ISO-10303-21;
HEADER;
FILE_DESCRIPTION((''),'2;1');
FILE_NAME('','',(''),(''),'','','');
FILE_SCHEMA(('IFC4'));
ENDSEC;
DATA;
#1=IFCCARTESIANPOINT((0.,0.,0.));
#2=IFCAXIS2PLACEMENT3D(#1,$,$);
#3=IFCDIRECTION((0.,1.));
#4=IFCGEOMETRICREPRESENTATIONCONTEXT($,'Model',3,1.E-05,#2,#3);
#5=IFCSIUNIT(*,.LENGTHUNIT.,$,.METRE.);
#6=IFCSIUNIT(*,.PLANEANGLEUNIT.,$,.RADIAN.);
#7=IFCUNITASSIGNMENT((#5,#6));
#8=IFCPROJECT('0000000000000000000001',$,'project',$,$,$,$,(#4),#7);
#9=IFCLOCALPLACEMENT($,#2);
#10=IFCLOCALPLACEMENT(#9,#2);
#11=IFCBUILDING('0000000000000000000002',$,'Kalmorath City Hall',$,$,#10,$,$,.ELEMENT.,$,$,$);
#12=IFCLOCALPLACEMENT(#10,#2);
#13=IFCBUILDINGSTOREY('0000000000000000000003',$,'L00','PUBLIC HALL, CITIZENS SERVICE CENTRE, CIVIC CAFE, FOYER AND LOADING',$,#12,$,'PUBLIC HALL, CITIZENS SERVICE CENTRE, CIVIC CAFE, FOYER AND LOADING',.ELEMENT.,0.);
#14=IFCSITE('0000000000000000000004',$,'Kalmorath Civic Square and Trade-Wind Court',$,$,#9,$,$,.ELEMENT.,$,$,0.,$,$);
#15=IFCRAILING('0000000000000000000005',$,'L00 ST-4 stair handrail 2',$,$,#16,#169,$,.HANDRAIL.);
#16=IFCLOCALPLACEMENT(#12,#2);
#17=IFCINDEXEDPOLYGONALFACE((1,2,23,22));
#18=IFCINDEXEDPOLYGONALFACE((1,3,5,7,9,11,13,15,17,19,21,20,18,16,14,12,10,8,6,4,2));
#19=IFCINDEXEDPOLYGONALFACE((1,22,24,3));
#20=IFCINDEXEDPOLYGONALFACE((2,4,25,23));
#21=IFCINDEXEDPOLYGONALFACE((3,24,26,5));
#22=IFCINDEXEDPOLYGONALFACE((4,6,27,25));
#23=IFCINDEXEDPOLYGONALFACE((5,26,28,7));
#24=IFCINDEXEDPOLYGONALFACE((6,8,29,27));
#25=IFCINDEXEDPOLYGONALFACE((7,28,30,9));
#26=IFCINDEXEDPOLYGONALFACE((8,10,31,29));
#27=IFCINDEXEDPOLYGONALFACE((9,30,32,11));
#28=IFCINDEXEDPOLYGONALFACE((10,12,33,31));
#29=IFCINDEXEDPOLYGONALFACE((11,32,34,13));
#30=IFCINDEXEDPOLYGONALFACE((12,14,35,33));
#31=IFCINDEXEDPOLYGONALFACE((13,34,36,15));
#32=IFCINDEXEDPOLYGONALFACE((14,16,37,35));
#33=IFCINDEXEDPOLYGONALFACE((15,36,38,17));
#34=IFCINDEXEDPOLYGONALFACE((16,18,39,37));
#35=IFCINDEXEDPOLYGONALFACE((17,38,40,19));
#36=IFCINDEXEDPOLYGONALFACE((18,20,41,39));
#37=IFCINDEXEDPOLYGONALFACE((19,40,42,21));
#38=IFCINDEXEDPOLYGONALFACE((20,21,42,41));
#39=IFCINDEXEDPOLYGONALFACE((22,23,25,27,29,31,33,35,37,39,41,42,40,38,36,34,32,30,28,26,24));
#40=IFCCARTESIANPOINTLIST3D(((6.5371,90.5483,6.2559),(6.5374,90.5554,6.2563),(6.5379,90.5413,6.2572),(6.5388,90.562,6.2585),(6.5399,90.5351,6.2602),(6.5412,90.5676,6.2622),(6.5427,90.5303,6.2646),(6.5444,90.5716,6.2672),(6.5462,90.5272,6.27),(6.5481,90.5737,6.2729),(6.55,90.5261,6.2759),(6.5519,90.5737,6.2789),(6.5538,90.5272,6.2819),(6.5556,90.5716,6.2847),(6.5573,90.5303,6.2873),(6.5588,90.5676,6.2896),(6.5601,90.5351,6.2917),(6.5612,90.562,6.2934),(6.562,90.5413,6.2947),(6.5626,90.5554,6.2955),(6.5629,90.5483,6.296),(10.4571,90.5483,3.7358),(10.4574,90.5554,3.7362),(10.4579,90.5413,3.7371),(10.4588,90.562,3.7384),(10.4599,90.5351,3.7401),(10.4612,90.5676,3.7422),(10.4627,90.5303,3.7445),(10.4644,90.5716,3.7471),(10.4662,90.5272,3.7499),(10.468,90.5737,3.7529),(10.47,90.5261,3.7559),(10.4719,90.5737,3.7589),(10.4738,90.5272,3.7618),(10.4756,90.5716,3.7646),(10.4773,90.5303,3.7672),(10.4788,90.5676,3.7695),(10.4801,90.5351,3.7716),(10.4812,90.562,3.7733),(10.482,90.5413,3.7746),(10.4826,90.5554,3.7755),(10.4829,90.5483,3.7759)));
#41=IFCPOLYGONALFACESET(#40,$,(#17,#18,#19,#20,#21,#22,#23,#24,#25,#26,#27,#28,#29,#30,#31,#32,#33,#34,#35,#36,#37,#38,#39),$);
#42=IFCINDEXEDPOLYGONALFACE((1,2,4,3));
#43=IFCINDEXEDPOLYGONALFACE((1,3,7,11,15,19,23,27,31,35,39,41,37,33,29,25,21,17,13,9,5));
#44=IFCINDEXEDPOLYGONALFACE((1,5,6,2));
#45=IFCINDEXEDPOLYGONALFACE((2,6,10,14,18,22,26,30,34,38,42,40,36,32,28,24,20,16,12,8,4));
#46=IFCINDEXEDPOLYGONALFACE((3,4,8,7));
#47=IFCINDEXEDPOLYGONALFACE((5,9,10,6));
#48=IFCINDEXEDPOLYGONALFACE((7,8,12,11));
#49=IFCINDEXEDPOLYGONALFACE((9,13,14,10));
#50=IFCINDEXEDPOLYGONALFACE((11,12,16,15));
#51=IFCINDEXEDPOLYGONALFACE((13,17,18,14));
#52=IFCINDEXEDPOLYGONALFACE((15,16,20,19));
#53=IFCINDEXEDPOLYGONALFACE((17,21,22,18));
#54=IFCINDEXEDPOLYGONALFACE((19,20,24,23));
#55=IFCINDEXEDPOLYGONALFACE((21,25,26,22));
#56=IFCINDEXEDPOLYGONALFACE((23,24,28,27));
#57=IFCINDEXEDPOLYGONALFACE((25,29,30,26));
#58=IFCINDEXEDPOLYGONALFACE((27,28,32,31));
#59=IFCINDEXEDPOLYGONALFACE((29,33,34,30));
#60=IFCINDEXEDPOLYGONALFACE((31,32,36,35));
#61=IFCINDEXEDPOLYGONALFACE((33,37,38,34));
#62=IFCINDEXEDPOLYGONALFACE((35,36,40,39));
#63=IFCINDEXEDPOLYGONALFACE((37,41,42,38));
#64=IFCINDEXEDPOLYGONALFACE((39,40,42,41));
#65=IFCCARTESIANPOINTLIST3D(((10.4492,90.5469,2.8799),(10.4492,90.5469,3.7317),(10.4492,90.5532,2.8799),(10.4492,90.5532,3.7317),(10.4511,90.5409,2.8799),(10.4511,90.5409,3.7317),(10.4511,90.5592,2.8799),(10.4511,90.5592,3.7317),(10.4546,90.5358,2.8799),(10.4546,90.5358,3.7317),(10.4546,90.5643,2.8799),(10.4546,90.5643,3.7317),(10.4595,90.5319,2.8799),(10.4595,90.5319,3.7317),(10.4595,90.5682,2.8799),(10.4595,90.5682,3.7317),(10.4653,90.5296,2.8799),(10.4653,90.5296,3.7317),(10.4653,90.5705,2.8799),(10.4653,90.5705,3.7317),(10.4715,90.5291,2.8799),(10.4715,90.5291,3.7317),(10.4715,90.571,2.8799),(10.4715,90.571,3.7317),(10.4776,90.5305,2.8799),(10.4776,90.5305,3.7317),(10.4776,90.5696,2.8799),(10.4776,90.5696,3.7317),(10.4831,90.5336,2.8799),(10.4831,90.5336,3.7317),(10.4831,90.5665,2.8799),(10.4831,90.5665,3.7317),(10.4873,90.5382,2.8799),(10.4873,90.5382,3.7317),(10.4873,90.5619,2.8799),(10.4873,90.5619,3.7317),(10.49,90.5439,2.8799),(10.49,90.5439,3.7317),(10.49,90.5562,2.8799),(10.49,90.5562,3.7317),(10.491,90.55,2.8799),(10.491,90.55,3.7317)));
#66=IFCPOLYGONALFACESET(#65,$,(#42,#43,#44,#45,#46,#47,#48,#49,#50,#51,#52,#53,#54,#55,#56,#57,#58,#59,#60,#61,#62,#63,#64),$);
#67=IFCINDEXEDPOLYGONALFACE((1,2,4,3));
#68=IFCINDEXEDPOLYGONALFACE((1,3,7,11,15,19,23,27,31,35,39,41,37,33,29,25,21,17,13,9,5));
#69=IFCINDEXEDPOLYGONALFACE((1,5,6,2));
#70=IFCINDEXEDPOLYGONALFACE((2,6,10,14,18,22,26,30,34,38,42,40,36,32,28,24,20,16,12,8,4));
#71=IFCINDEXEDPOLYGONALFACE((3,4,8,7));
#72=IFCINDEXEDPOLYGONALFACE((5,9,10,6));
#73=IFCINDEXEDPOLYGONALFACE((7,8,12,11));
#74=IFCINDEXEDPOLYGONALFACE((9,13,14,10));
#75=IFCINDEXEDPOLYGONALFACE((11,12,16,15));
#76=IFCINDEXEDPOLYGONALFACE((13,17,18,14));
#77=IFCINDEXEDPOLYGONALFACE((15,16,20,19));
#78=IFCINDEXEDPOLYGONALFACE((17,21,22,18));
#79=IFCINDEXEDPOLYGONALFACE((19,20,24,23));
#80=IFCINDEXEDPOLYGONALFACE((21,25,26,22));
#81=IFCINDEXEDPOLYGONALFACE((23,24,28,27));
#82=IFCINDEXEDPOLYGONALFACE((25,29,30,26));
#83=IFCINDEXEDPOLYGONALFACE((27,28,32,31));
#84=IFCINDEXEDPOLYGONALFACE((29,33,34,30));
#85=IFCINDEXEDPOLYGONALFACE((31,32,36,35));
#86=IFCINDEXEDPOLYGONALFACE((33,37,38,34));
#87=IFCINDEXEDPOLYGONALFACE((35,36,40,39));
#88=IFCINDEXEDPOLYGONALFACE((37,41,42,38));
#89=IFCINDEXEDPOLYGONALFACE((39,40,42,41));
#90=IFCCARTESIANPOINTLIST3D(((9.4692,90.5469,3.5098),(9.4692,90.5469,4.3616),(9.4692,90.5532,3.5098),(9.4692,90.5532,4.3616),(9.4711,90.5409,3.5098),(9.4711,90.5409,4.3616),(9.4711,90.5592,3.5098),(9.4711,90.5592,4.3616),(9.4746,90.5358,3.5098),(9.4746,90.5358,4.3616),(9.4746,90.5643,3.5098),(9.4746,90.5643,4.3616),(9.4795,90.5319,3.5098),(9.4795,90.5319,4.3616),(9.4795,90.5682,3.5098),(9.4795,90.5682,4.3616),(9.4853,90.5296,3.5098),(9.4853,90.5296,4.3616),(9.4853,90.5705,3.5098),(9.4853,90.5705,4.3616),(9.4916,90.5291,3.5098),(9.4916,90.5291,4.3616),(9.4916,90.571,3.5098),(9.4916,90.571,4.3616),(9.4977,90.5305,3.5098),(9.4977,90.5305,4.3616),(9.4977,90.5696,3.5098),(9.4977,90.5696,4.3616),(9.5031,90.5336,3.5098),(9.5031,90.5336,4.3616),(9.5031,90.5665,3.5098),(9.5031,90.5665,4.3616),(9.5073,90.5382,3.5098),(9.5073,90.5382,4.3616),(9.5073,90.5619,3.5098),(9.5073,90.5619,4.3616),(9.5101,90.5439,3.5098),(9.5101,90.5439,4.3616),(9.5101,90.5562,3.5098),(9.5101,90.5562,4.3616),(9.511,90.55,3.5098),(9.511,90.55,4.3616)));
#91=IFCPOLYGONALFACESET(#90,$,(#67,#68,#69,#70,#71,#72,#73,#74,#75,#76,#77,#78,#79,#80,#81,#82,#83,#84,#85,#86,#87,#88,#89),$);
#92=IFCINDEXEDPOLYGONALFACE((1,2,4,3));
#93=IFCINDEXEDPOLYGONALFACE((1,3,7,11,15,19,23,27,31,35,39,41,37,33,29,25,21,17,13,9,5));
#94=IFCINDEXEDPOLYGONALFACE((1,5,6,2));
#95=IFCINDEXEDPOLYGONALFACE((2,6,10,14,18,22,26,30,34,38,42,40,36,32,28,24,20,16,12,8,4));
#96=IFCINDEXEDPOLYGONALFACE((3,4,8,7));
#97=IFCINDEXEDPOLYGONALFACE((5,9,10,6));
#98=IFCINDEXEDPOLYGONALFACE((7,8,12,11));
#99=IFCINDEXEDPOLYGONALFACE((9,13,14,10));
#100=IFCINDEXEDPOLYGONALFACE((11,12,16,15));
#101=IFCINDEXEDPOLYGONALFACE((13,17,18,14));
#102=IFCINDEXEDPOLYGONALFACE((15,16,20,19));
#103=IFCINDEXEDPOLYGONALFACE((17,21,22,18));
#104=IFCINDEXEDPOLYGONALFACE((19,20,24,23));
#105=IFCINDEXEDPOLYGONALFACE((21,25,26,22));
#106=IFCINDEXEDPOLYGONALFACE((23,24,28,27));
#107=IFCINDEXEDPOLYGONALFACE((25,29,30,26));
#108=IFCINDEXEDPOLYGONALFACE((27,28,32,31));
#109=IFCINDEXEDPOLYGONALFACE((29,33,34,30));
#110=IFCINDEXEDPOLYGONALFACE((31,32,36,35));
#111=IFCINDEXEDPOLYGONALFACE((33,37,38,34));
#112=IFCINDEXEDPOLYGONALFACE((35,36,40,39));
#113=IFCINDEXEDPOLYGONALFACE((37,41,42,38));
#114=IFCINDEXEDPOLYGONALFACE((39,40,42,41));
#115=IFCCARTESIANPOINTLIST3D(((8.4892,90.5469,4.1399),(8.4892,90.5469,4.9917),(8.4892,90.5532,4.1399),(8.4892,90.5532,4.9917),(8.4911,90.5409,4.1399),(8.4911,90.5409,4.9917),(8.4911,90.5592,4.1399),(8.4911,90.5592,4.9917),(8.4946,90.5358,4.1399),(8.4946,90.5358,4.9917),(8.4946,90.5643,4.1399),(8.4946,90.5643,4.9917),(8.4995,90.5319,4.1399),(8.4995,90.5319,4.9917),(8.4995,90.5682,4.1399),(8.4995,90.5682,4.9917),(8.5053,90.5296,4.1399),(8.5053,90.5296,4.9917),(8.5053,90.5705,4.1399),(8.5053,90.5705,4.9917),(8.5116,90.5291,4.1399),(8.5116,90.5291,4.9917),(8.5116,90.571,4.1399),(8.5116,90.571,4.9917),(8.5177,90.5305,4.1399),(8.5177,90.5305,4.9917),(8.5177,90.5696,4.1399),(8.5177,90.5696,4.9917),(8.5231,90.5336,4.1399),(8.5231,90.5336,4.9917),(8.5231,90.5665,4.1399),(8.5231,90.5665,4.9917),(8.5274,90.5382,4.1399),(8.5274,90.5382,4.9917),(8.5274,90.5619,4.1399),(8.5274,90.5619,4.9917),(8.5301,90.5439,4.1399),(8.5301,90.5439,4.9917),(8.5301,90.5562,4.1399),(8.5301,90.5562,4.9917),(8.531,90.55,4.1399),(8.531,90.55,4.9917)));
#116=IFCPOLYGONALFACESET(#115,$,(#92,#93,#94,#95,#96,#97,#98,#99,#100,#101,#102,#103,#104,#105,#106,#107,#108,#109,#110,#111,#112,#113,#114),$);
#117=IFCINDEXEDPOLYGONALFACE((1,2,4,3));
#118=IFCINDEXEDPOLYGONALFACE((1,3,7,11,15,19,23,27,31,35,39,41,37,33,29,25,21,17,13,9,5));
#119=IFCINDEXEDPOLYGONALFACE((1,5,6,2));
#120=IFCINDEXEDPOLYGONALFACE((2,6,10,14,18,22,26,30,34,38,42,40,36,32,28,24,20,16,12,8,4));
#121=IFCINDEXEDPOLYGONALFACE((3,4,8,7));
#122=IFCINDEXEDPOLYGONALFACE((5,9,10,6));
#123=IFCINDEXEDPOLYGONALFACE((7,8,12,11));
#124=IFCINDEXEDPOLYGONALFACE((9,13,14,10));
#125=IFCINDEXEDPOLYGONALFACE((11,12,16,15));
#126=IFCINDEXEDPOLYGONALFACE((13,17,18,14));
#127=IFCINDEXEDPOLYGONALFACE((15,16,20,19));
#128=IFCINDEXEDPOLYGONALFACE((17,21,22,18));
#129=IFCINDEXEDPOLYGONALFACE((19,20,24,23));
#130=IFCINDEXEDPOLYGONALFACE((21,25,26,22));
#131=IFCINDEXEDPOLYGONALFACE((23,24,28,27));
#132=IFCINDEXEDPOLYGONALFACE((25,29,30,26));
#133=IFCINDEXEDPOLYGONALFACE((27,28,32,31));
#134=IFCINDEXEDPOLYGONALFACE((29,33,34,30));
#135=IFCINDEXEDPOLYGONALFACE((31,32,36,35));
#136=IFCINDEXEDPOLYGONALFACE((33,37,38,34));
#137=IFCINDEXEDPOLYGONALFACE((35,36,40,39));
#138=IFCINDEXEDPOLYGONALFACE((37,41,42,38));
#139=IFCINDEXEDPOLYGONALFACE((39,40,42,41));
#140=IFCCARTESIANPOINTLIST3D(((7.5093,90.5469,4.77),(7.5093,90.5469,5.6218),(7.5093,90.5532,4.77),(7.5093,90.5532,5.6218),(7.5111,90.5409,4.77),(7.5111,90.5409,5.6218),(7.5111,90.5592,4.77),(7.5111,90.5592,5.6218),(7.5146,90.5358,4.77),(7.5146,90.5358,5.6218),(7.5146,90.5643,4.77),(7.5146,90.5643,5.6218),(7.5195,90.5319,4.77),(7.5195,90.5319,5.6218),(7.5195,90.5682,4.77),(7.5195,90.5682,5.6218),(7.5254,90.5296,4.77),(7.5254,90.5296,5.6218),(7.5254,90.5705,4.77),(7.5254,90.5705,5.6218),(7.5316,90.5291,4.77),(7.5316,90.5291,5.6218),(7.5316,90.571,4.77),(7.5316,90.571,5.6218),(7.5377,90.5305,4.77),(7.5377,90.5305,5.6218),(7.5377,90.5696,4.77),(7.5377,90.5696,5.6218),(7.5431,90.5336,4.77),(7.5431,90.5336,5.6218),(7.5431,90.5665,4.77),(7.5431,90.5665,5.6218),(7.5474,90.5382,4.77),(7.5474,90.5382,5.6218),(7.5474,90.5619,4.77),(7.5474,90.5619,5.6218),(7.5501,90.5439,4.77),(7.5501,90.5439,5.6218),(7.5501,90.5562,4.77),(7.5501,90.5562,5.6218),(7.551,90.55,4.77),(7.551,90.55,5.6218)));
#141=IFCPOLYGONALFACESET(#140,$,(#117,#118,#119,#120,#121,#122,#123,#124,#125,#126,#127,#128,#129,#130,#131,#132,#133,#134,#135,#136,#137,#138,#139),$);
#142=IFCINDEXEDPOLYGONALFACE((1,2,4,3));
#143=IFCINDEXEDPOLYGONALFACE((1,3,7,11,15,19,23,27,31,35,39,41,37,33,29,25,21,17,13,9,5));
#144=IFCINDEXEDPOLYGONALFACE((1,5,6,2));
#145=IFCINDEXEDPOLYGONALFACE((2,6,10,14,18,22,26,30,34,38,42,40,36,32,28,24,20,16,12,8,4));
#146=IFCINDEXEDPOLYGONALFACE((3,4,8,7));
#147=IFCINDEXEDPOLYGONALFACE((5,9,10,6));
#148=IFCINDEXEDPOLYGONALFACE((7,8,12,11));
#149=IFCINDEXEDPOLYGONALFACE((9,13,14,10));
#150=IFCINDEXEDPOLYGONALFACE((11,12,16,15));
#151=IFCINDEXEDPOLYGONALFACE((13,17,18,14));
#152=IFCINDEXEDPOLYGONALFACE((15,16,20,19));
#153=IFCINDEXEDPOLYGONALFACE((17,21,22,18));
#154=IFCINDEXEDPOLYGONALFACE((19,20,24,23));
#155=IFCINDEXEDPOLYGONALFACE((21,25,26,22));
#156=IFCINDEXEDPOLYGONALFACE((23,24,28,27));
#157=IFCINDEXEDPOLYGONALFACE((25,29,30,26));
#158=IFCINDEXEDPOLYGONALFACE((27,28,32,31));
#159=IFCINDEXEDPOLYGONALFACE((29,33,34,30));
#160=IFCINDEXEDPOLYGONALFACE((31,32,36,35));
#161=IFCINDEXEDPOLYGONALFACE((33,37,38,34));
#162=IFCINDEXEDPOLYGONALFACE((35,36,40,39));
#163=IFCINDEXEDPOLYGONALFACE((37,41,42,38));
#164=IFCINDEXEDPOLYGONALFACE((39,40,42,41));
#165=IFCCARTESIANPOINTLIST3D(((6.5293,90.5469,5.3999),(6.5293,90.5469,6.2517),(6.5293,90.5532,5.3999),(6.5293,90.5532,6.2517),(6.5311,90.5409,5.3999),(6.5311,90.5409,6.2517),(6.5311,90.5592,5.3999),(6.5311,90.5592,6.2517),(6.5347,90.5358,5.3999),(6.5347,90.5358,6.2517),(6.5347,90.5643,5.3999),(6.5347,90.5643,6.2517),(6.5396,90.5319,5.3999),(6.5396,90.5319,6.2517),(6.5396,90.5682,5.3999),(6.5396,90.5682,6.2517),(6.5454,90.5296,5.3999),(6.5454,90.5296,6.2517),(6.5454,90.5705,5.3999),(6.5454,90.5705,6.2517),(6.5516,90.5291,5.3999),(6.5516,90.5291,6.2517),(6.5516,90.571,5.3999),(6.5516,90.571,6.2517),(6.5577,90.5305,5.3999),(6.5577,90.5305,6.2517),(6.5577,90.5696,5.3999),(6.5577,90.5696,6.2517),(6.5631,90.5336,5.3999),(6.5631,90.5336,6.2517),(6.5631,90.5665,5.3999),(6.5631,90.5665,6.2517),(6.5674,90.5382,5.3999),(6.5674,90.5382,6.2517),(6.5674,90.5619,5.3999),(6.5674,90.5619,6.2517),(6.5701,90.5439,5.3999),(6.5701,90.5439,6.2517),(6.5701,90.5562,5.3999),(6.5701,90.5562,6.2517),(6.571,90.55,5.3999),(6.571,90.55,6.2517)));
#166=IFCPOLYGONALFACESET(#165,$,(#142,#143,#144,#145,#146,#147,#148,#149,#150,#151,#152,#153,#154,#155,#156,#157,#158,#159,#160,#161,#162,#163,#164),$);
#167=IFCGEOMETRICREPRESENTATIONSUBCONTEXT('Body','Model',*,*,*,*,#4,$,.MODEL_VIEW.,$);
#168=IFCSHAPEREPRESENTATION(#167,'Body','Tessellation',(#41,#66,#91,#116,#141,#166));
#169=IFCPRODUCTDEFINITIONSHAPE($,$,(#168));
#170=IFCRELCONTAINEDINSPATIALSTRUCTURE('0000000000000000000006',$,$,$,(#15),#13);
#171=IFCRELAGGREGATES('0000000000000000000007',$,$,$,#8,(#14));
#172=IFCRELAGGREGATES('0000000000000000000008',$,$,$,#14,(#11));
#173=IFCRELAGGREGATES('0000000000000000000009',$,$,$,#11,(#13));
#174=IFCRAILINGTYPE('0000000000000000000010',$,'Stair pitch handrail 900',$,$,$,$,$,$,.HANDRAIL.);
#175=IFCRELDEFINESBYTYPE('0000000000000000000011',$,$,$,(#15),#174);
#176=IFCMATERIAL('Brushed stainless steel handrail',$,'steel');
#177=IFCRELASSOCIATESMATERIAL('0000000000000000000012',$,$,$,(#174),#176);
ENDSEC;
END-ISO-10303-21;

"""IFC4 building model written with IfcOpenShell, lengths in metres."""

from ifc_helpers import new_model, si_unit, direction, frame, origin, origin_2d, place, context, subcontext, project, spatial, circle, extrude, material, type_object, element, save


model = new_model("IFC4")

# Units and contexts
model_context = context("Model", 3, precision=1e-05, world=origin(), true_north=direction((0.0, 1.0)))
body_context = subcontext(model_context, "Body", "Model", "MODEL_VIEW")
ifc_project = project(units=[si_unit("LENGTHUNIT", "METRE"), si_unit("PLANEANGLEUNIT", "RADIAN")], contexts=[model_context])

# Site, building, storey
site_placement = place(None, origin())
site = spatial("IfcSite", under=ifc_project, at=site_placement, Name="Kalmorath Civic Square and Trade-Wind Court", CompositionType="ELEMENT", RefElevation=0.0)
building_placement = place(site_placement, origin())
building = spatial("IfcBuilding", under=site, at=building_placement, Name="Kalmorath City Hall", CompositionType="ELEMENT")
storey_placement = place(building_placement, origin())
storey = spatial("IfcBuildingStorey", under=building, at=storey_placement, Name="L00", Description="PUBLIC HALL, CITIZENS SERVICE CENTRE, CIVIC CAFE, FOYER AND LOADING", LongName="PUBLIC HALL, CITIZENS SERVICE CENTRE, CIVIC CAFE, FOYER AND LOADING", CompositionType="ELEMENT", Elevation=0.0)

# Railing
ifc_material_1 = material(Name="Brushed stainless steel handrail", Category="steel")
railing_type_1 = type_object("IfcRailingType", Name="Stair pitch handrail 900", PredefinedType="HANDRAIL", material=ifc_material_1)
railing_1_placement = place(storey_placement, frame((10.47, 90.55, 2.8799)))
element("IfcRailing", 1, at=railing_1_placement, inside=storey, type_object=railing_type_1, Name="L00 ST-4 stair handrail 2", PredefinedType="HANDRAIL", context=body_context, shape_type="SweptSolid", body=[
    extrude(circle(Radius=0.0239, at=origin_2d()), frame((0.0, 0.0, 0.876), z_axis=(-0.841172, 0.0, 0.540768), x_axis=(0.0, -1.0, 0.0)), (0.0, 0.0, 1.0), 4.6602),
    extrude(circle(Radius=0.021, at=origin_2d()), origin(), (0.0, 0.0, 1.0), 0.8518),
    extrude(circle(Radius=0.021, at=origin_2d()), frame((-0.98, 0.0, 0.6299)), (0.0, 0.0, 1.0), 0.8518),
    extrude(circle(Radius=0.021, at=origin_2d()), frame((-1.96, 0.0, 1.26)), (0.0, 0.0, 1.0), 0.8518),
    extrude(circle(Radius=0.021, at=origin_2d()), frame((-2.9399, 0.0, 1.8901)), (0.0, 0.0, 1.0), 0.8518),
    extrude(circle(Radius=0.021, at=origin_2d()), frame((-3.9199, 0.0, 2.52)), (0.0, 0.0, 1.0), 0.8518),
])

save(model, "model.ifc")
